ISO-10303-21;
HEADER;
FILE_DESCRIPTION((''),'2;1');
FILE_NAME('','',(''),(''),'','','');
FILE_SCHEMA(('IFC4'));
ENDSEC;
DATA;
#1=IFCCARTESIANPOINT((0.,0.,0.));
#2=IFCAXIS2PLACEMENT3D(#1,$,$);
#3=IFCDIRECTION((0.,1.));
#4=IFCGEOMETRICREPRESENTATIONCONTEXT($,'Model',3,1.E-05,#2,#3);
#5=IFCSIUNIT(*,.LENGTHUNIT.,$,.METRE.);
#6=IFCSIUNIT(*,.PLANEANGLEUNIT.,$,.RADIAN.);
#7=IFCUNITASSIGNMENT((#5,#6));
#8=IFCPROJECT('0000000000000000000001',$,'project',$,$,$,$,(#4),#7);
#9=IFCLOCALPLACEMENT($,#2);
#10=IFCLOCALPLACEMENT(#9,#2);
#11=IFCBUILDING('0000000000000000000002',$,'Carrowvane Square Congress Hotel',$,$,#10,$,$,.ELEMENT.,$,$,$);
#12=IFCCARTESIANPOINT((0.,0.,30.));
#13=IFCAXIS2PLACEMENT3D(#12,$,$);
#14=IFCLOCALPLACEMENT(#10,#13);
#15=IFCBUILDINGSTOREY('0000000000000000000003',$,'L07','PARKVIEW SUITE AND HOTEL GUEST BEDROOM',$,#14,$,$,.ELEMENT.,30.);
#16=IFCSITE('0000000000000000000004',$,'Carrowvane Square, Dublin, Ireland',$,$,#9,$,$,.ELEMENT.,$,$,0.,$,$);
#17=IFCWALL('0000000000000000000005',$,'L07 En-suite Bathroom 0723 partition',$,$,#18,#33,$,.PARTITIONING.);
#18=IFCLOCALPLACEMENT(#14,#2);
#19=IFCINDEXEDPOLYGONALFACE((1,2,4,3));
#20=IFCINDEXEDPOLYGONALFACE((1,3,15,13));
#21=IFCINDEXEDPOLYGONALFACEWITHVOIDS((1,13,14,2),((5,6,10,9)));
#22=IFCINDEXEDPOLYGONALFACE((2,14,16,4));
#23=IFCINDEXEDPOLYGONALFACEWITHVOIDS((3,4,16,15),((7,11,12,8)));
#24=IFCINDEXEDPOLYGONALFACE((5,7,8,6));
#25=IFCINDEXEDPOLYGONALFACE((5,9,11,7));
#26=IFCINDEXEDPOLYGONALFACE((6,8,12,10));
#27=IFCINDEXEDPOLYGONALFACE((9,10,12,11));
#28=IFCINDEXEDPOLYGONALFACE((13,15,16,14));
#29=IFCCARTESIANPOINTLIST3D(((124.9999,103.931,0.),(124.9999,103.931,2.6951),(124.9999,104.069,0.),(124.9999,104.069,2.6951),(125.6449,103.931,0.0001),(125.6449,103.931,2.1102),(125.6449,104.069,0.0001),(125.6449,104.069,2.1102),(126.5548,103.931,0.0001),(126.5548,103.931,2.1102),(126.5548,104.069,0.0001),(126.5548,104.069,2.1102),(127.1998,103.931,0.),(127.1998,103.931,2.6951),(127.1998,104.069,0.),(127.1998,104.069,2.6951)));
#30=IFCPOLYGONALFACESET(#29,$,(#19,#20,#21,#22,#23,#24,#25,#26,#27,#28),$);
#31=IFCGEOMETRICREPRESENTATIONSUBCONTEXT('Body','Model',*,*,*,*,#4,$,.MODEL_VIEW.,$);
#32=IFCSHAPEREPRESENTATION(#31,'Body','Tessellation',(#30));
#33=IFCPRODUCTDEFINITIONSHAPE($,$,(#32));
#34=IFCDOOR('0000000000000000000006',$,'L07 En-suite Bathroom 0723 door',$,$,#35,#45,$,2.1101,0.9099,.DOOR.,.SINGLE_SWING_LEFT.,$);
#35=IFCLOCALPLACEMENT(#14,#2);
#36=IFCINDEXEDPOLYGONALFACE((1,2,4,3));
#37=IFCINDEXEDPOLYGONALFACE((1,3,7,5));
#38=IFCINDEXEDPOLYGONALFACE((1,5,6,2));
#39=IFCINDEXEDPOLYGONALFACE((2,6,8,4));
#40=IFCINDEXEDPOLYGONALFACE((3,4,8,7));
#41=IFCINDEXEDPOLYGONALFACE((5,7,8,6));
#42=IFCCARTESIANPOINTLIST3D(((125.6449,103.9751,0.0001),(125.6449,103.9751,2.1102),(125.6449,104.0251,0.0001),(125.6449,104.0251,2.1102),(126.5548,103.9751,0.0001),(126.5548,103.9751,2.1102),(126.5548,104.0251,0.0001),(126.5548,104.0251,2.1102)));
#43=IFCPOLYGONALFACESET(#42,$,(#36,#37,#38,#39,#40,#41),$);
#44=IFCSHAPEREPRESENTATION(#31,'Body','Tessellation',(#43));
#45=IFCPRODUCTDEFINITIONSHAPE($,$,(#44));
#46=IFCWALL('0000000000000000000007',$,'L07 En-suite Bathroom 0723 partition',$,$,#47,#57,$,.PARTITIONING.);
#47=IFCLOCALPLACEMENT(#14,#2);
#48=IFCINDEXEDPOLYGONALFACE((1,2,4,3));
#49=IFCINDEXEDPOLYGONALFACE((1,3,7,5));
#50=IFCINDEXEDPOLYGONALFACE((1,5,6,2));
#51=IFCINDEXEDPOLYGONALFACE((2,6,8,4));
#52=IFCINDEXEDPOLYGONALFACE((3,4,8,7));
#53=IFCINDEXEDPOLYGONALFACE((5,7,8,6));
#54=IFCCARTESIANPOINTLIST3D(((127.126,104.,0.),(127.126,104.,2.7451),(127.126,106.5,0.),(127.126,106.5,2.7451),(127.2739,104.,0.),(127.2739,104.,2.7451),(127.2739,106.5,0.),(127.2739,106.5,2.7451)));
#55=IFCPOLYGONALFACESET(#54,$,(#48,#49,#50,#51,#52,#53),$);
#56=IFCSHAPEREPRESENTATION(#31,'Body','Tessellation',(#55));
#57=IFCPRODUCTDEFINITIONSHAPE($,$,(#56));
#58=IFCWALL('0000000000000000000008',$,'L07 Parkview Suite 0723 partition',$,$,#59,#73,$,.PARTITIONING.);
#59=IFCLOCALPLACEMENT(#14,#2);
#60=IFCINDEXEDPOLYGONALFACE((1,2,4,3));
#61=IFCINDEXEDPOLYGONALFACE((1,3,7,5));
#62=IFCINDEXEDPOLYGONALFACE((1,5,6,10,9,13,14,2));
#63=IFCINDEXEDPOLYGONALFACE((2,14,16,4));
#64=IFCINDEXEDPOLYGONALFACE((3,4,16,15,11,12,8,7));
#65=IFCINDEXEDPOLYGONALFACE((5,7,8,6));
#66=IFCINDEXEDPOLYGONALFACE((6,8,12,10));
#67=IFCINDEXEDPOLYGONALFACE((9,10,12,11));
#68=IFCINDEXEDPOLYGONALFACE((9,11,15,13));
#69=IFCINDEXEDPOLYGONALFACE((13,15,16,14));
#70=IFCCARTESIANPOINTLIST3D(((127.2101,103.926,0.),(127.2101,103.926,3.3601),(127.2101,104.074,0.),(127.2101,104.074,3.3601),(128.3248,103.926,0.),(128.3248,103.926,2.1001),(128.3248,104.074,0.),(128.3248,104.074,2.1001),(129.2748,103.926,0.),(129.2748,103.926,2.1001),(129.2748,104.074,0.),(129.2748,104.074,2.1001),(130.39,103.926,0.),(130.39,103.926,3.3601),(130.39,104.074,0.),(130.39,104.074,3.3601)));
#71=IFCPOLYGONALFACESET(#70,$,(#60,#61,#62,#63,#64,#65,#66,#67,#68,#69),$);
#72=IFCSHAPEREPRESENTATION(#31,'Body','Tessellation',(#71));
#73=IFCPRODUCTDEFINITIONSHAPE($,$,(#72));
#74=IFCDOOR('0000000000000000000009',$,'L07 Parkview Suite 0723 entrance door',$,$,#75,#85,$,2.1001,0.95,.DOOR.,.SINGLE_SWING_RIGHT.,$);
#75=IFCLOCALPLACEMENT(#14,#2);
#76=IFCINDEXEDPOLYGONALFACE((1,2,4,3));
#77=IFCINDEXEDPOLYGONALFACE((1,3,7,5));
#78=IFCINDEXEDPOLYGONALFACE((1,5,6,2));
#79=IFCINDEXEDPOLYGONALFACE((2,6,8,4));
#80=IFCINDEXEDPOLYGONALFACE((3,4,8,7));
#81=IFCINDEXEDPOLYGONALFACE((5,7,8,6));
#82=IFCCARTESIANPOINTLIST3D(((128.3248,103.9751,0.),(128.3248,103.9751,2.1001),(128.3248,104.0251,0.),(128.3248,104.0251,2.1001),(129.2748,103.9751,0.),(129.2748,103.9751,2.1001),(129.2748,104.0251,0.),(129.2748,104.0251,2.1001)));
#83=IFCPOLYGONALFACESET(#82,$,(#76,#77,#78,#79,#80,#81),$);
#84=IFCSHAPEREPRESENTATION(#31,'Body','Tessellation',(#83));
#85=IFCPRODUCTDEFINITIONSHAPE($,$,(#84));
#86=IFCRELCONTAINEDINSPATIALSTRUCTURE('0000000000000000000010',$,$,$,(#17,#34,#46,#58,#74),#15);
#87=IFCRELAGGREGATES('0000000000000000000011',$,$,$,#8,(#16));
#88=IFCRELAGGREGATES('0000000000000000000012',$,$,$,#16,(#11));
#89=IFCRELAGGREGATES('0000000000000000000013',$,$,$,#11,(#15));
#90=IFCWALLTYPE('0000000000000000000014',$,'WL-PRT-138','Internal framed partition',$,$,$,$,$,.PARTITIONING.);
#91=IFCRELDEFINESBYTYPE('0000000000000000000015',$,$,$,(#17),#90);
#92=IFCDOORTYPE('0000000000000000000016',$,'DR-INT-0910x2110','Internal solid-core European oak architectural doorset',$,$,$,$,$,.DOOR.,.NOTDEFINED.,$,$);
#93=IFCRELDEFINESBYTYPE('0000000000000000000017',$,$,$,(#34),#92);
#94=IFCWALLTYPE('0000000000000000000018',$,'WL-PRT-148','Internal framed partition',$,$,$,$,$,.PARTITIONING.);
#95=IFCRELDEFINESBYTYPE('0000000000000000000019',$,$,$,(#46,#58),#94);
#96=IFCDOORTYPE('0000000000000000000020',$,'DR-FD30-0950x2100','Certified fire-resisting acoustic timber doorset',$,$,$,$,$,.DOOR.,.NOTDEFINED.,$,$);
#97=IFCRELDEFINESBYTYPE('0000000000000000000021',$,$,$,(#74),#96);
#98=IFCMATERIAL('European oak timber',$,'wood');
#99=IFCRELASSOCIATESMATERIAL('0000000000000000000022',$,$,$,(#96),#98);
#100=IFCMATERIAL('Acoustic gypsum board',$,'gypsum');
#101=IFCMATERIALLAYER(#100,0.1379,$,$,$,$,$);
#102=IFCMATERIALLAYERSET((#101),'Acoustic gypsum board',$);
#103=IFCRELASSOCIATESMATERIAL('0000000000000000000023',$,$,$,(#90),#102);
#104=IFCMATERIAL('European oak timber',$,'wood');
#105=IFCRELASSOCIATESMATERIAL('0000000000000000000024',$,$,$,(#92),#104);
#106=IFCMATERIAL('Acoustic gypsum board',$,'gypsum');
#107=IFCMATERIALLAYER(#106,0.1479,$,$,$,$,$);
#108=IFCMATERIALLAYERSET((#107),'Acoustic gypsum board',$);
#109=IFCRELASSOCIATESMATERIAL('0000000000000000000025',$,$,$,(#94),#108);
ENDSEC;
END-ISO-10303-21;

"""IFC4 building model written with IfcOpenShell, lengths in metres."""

from ifc_helpers import new_model, si_unit, direction, frame, frame_2d, origin, place, context, subcontext, project, spatial, rectangle, extrude, material, layer, layer_set, type_object, element, fill, save


model = new_model("IFC4")

# Units and contexts
model_context = context("Model", 3, precision=1e-05, world=origin(), true_north=direction((0.0, 1.0)))
body_context = subcontext(model_context, "Body", "Model", "MODEL_VIEW")
ifc_project = project(units=[si_unit("LENGTHUNIT", "METRE"), si_unit("PLANEANGLEUNIT", "RADIAN")], contexts=[model_context])

# Site, building, storey
site_placement = place(None, origin())
site = spatial("IfcSite", under=ifc_project, at=site_placement, Name="Carrowvane Square, Dublin, Ireland", CompositionType="ELEMENT", RefElevation=0.0)
building_placement = place(site_placement, origin())
building = spatial("IfcBuilding", under=site, at=building_placement, Name="Carrowvane Square Congress Hotel", CompositionType="ELEMENT")
storey_placement = place(building_placement, frame((0.0, 0.0, 30.0)))
storey = spatial("IfcBuildingStorey", under=building, at=storey_placement, Name="L07", Description="PARKVIEW SUITE AND HOTEL GUEST BEDROOM", CompositionType="ELEMENT", Elevation=30.0)

# Shared definitions
ifc_material_1 = material(Name="European oak timber", Category="wood")
door_type_1 = type_object("IfcDoorType", Name="DR-FD30-0950x2100", Description="Certified fire-resisting acoustic timber doorset", OperationType="NOTDEFINED", PredefinedType="DOOR", material=ifc_material_1)

# Wall, opening, door
ifc_material_2 = material(Name="Acoustic gypsum board", Category="gypsum")
ifc_layer_1 = layer(ifc_material_2, 0.1379)
ifc_layer_set_1 = layer_set([ifc_layer_1], Name="Acoustic gypsum board")
wall_type_1 = type_object("IfcWallType", Name="WL-PRT-138", Description="Internal framed partition", PredefinedType="PARTITIONING", material=ifc_layer_set_1)
wall_1_placement = place(storey_placement, frame((127.2, 104.0, 0.0), z_axis=(0.0, 0.0, 1.0), x_axis=(-1.0, 0.0, 0.0)))
wall_1 = element("IfcWall", 1, at=wall_1_placement, inside=storey, type_object=wall_type_1, Name="L07 En-suite Bathroom 0723 partition", PredefinedType="PARTITIONING", context=body_context, shape_type="SweptSolid", body=[
    extrude(rectangle(XDim=2.2, YDim=0.1379, at=frame_2d((1.1001, 0.0))), origin(), (0.0, 0.0, 1.0), 2.6951),
])
opening_1_placement = place(wall_1_placement, frame((0.645, 0.0, 0.0)))
opening_1 = element("IfcOpeningElement", 2, at=opening_1_placement, cuts=wall_1, PredefinedType="OPENING", context=body_context, shape_type="SweptSolid", body=[
    extrude(rectangle(XDim=0.9099, YDim=2.1101, at=frame_2d((0.4551, 1.0552))), frame((0.0, 0.0789, 0.0), z_axis=(0.0, -1.0, 0.0), x_axis=(1.0, 0.0, 0.0)), (0.0, 0.0, 1.0), 0.158),
])
ifc_material_3 = material(Name="European oak timber", Category="wood")
door_type_2 = type_object("IfcDoorType", Name="DR-INT-0910x2110", Description="Internal solid-core European oak architectural doorset", OperationType="NOTDEFINED", PredefinedType="DOOR", material=ifc_material_3)
door_1_placement = place(opening_1_placement, origin())
door_1 = element("IfcDoor", 3, at=door_1_placement, inside=storey, type_object=door_type_2, Name="L07 En-suite Bathroom 0723 door", OperationType="SINGLE_SWING_LEFT", OverallHeight=2.1101, OverallWidth=0.9099, PredefinedType="DOOR", context=body_context, shape_type="SweptSolid", body=[
    extrude(rectangle(XDim=0.9099, YDim=2.1101, at=frame_2d((0.4551, 1.0552))), frame((0.0, 0.0249, 0.0), z_axis=(0.0, -1.0, 0.0), x_axis=(1.0, 0.0, 0.0)), (0.0, 0.0, 1.0), 0.05),
])
fill(opening_1, door_1)

# Wall
ifc_material_4 = material(Name="Acoustic gypsum board", Category="gypsum")
ifc_layer_2 = layer(ifc_material_4, 0.1479)
ifc_layer_set_2 = layer_set([ifc_layer_2], Name="Acoustic gypsum board")
wall_type_2 = type_object("IfcWallType", Name="WL-PRT-148", Description="Internal framed partition", PredefinedType="PARTITIONING", material=ifc_layer_set_2)
wall_2_placement = place(storey_placement, frame((127.2, 106.5, 0.0), z_axis=(0.0, 0.0, 1.0), x_axis=(0.0, -1.0, 0.0)))
element("IfcWall", 4, at=wall_2_placement, inside=storey, type_object=wall_type_2, Name="L07 En-suite Bathroom 0723 partition", PredefinedType="PARTITIONING", context=body_context, shape_type="SweptSolid", body=[
    extrude(rectangle(XDim=2.5, YDim=0.1479, at=frame_2d((1.25, 0.0))), origin(), (0.0, 0.0, 1.0), 2.7451),
])

# Wall, opening, door
wall_3_placement = place(storey_placement, frame((130.3899, 104.0, 0.0), z_axis=(0.0, 0.0, 1.0), x_axis=(-1.0, 0.0, 0.0)))
wall_3 = element("IfcWall", 5, at=wall_3_placement, inside=storey, type_object=wall_type_2, Name="L07 Parkview Suite 0723 partition", PredefinedType="PARTITIONING", context=body_context, shape_type="SweptSolid", body=[
    extrude(rectangle(XDim=3.1799, YDim=0.1479, at=frame_2d((1.5898, 0.0))), origin(), (0.0, 0.0, 1.0), 3.3601),
])
opening_2_placement = place(wall_3_placement, frame((1.115, 0.0, 0.0)))
opening_2 = element("IfcOpeningElement", 6, at=opening_2_placement, cuts=wall_3, PredefinedType="OPENING", context=body_context, shape_type="SweptSolid", body=[
    extrude(rectangle(XDim=0.95, YDim=2.1001, at=frame_2d((0.4751, 1.05))), frame((0.0, 0.084, 0.0), z_axis=(0.0, -1.0, 0.0), x_axis=(1.0, 0.0, 0.0)), (0.0, 0.0, 1.0), 0.168),
])
door_2_placement = place(opening_2_placement, origin())
door_2 = element("IfcDoor", 7, at=door_2_placement, inside=storey, type_object=door_type_1, Name="L07 Parkview Suite 0723 entrance door", OperationType="SINGLE_SWING_RIGHT", OverallHeight=2.1001, OverallWidth=0.95, PredefinedType="DOOR", context=body_context, shape_type="SweptSolid", body=[
    extrude(rectangle(XDim=0.95, YDim=2.1001, at=frame_2d((0.4751, 1.05))), frame((0.0, 0.0249, 0.0), z_axis=(0.0, -1.0, 0.0), x_axis=(1.0, 0.0, 0.0)), (0.0, 0.0, 1.0), 0.05),
])
fill(opening_2, door_2)

save(model, "model.ifc")
